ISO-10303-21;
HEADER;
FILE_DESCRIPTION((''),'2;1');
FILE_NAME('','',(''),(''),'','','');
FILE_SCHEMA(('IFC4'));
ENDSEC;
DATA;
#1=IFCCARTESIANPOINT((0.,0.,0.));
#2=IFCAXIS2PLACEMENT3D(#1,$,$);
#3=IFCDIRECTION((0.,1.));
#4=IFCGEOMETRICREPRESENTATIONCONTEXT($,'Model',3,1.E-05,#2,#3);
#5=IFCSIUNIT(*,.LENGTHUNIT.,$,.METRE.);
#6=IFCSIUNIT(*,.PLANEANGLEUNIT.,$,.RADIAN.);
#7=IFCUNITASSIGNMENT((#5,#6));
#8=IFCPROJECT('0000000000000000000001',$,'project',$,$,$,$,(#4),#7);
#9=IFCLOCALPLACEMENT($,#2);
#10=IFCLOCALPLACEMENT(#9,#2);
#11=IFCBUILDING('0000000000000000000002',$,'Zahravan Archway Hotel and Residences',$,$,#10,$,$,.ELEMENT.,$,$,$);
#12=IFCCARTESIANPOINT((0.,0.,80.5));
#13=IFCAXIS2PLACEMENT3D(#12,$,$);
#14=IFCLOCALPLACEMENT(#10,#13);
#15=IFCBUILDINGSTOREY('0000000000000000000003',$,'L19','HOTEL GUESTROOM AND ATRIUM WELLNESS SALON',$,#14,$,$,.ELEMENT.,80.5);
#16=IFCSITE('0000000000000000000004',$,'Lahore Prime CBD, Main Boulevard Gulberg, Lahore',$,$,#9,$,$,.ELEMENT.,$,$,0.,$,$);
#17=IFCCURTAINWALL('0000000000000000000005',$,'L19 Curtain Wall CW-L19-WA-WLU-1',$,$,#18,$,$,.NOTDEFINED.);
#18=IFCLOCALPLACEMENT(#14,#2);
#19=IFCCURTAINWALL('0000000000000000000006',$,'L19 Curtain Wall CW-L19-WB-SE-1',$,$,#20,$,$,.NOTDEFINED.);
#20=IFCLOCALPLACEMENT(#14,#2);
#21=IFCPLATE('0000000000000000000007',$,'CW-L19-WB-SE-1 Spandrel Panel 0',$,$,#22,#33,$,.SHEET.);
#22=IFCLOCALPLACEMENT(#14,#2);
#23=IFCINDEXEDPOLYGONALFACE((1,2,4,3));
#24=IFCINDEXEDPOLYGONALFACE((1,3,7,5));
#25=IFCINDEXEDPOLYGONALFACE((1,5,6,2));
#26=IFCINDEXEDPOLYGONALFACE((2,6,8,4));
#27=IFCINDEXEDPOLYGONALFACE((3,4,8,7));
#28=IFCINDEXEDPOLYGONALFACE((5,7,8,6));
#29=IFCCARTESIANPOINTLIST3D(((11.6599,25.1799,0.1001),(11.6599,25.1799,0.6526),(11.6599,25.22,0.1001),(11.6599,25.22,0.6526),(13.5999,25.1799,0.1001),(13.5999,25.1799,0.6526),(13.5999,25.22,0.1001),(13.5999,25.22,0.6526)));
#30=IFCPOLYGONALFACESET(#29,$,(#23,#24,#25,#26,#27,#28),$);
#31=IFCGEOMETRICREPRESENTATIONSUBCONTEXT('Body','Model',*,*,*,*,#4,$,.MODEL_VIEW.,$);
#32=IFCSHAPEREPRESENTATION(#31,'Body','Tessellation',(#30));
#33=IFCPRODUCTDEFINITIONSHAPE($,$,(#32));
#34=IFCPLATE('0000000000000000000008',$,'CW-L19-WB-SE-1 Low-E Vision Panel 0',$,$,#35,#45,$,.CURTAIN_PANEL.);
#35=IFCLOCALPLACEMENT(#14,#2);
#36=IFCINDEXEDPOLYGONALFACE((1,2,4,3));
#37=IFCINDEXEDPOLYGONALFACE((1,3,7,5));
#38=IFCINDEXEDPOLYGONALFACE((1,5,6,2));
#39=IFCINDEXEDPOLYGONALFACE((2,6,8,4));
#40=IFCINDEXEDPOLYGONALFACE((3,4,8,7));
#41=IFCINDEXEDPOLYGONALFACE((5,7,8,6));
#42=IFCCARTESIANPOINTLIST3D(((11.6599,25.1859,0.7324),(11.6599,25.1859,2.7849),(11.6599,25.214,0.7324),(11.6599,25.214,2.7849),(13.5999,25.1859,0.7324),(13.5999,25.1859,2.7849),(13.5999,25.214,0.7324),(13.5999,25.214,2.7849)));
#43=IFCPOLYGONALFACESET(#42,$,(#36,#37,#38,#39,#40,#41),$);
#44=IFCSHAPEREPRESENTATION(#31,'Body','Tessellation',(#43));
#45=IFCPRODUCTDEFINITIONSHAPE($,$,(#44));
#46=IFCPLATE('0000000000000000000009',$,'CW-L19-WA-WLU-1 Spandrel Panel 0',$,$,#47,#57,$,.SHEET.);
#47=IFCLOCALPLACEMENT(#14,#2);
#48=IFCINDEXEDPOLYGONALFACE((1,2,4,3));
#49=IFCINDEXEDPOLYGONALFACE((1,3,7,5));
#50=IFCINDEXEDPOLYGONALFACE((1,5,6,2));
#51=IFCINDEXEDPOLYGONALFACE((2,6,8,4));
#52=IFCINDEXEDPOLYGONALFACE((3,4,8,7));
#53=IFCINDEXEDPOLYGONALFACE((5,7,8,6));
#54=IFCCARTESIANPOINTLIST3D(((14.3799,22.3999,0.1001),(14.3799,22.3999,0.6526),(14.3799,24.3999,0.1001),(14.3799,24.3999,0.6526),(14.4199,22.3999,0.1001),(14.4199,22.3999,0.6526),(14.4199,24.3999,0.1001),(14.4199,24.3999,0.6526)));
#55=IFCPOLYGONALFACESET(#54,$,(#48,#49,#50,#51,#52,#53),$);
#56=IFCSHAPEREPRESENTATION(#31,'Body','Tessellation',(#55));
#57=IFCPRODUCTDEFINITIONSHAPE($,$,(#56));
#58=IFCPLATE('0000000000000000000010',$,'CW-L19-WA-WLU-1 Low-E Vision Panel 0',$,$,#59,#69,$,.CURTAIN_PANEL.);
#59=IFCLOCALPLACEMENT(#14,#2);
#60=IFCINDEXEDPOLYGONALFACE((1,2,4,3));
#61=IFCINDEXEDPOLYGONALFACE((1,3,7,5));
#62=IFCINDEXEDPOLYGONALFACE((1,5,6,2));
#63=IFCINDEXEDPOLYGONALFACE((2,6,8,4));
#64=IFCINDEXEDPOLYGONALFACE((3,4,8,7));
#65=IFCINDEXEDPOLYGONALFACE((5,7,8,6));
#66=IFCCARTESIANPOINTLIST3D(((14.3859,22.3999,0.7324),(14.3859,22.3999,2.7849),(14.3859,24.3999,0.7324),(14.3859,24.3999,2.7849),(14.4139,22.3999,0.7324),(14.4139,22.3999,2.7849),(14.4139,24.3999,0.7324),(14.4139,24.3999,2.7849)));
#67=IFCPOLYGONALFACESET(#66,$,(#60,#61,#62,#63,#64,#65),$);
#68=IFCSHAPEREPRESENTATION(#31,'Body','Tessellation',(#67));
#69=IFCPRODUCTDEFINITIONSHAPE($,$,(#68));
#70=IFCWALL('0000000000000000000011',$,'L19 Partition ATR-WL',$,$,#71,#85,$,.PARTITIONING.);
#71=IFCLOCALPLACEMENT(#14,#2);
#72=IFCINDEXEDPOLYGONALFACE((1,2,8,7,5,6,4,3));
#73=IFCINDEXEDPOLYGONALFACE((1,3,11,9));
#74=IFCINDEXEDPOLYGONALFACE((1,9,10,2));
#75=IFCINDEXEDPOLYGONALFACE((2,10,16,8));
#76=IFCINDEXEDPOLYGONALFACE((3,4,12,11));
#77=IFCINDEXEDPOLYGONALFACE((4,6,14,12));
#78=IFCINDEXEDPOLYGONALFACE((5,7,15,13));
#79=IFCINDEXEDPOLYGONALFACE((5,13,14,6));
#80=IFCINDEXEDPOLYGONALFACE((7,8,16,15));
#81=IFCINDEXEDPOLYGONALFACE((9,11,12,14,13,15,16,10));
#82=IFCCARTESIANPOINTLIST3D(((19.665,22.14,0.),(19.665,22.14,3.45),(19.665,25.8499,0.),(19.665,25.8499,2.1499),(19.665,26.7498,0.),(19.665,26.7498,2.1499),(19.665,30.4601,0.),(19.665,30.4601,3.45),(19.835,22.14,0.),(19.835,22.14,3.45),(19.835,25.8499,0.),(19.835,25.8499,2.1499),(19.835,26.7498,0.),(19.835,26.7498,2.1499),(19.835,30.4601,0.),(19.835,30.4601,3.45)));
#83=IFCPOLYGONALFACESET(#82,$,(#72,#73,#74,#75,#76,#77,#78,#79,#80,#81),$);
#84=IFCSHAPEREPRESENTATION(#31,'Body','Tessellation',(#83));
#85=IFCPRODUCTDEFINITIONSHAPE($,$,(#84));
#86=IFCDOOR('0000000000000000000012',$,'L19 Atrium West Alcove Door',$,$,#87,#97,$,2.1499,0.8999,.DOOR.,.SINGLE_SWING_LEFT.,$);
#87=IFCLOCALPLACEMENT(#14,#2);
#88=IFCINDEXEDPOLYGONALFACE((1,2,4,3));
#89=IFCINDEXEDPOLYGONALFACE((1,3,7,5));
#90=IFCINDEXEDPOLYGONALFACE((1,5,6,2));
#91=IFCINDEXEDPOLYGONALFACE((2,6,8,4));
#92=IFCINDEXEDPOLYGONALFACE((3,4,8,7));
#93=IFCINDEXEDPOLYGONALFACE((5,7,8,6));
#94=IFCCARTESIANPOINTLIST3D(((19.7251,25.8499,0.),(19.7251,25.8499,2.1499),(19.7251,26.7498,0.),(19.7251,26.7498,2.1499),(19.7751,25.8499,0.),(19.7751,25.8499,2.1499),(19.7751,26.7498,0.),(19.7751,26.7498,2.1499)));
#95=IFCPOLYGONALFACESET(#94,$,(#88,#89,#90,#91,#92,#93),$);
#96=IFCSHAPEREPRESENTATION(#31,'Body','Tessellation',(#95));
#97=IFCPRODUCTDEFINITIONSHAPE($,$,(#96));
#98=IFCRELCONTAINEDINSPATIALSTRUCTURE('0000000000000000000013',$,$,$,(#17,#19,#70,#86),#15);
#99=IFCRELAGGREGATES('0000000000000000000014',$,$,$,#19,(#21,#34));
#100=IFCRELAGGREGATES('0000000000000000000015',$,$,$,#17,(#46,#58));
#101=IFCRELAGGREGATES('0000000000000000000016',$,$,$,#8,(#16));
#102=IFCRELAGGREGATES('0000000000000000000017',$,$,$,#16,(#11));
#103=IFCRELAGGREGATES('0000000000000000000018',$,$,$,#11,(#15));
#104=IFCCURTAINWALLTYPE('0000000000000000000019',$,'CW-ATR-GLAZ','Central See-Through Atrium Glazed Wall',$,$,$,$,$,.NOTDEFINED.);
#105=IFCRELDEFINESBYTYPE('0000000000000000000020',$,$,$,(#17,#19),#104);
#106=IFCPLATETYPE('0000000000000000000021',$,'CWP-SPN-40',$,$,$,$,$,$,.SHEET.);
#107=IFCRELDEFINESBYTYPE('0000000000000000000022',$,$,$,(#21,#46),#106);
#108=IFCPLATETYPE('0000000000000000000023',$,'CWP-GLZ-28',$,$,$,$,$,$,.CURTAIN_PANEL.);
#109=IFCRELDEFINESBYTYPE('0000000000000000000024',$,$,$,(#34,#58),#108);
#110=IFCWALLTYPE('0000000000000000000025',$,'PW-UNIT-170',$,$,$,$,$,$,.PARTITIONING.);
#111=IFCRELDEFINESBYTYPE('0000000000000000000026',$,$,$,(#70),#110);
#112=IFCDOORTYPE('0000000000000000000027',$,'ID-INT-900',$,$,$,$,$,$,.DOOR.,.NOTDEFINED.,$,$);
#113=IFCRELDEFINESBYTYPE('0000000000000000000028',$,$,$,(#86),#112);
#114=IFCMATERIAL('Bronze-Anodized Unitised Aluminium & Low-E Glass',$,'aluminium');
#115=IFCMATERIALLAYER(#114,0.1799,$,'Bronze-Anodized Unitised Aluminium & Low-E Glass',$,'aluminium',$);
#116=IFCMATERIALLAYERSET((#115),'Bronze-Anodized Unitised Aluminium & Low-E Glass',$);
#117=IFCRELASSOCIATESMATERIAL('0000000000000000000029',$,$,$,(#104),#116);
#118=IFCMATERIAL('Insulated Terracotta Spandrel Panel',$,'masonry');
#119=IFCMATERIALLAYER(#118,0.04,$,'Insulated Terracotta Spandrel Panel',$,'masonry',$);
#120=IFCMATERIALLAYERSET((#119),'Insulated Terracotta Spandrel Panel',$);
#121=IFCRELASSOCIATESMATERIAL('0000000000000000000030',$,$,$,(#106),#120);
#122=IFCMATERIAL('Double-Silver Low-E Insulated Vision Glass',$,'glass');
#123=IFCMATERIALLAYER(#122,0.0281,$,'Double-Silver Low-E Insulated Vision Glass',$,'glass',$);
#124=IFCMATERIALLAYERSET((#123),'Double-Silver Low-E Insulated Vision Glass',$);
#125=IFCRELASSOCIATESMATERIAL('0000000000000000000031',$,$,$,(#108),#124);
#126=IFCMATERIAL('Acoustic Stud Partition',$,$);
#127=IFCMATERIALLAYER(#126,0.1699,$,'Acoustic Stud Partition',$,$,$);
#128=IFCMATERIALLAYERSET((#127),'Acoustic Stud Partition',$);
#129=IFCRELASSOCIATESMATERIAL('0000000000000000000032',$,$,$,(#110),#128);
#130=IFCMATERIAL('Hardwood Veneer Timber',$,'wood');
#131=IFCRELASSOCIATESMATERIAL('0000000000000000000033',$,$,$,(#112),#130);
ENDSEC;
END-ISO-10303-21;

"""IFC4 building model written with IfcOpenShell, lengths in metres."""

from ifc_helpers import new_model, si_unit, direction, frame, frame_2d, origin, origin_2d, place, context, subcontext, project, spatial, rectangle, extrude, source, transform, mapped, material, layer, layer_set, type_object, type_shapes, element, fill, aggregate, save


model = new_model("IFC4")

# Units and contexts
model_context = context("Model", 3, precision=1e-05, world=origin(), true_north=direction((0.0, 1.0)))
body_context = subcontext(model_context, "Body", "Model", "MODEL_VIEW")
ifc_project = project(units=[si_unit("LENGTHUNIT", "METRE"), si_unit("PLANEANGLEUNIT", "RADIAN")], contexts=[model_context])

# Site, building, storey
site_placement = place(None, origin())
site = spatial("IfcSite", under=ifc_project, at=site_placement, Name="Lahore Prime CBD, Main Boulevard Gulberg, Lahore", CompositionType="ELEMENT", RefElevation=0.0)
building_placement = place(site_placement, origin())
building = spatial("IfcBuilding", under=site, at=building_placement, Name="Zahravan Archway Hotel and Residences", CompositionType="ELEMENT")
storey_placement = place(building_placement, frame((0.0, 0.0, 80.5)))
storey = spatial("IfcBuildingStorey", under=building, at=storey_placement, Name="L19", Description="HOTEL GUESTROOM AND ATRIUM WELLNESS SALON", CompositionType="ELEMENT", Elevation=80.5)

# Curtain walls
ifc_material_1 = material(Name="Bronze-Anodized Unitised Aluminium & Low-E Glass", Category="aluminium")
ifc_layer_1 = layer(ifc_material_1, 0.1799, Name="Bronze-Anodized Unitised Aluminium & Low-E Glass", Category="aluminium")
ifc_layer_set_1 = layer_set([ifc_layer_1], Name="Bronze-Anodized Unitised Aluminium & Low-E Glass")
curtain_wall_type = type_object("IfcCurtainWallType", Name="CW-ATR-GLAZ", Description="Central See-Through Atrium Glazed Wall", PredefinedType="NOTDEFINED", material=ifc_layer_set_1)
curtain_wall_1_placement = place(storey_placement, origin())
curtain_wall_1 = element("IfcCurtainWall", 1, at=curtain_wall_1_placement, inside=storey, type_object=curtain_wall_type, Name="L19 Curtain Wall CW-L19-WA-WLU-1", PredefinedType="NOTDEFINED")
curtain_wall_2_placement = place(storey_placement, origin())
curtain_wall_2 = element("IfcCurtainWall", 2, at=curtain_wall_2_placement, inside=storey, type_object=curtain_wall_type, Name="L19 Curtain Wall CW-L19-WB-SE-1", PredefinedType="NOTDEFINED")

# Plates
ifc_material_2 = material(Name="Insulated Terracotta Spandrel Panel", Category="masonry")
ifc_layer_2 = layer(ifc_material_2, 0.04, Name="Insulated Terracotta Spandrel Panel", Category="masonry")
ifc_layer_set_2 = layer_set([ifc_layer_2], Name="Insulated Terracotta Spandrel Panel")
plate_type_1 = type_object("IfcPlateType", Name="CWP-SPN-40", PredefinedType="SHEET", material=ifc_layer_set_2)
shared_shape_1 = source(origin(), body_context, "Body", "SweptSolid", [
    extrude(rectangle(XDim=1.9399, YDim=0.04, at=origin_2d()), origin(), (0.0, 0.0, 1.0), 0.5525),
])
plate_1_placement = place(storey_placement, frame((12.6299, 25.2, 0.1001), z_axis=(0.0, 0.0, 1.0), x_axis=(1.0, 0.0, 0.0)))
plate_1 = element("IfcPlate", 3, at=plate_1_placement, type_object=plate_type_1, Name="CW-L19-WB-SE-1 Spandrel Panel 0", PredefinedType="SHEET", context=body_context, shape_type="MappedRepresentation", body=[
    mapped(shared_shape_1, transform((0.0, 0.0, 0.0), scale=1.0)),
])
ifc_material_3 = material(Name="Double-Silver Low-E Insulated Vision Glass", Category="glass")
ifc_layer_3 = layer(ifc_material_3, 0.0281, Name="Double-Silver Low-E Insulated Vision Glass", Category="glass")
ifc_layer_set_3 = layer_set([ifc_layer_3], Name="Double-Silver Low-E Insulated Vision Glass")
plate_type_2 = type_object("IfcPlateType", Name="CWP-GLZ-28", PredefinedType="CURTAIN_PANEL", material=ifc_layer_set_3)
shared_shape_2 = source(origin(), body_context, "Body", "SweptSolid", [
    extrude(rectangle(XDim=1.9399, YDim=0.0281, at=origin_2d()), origin(), (0.0, 0.0, 1.0), 2.0525),
])
plate_2_placement = place(storey_placement, frame((12.6299, 25.2, 0.7324), z_axis=(0.0, 0.0, 1.0), x_axis=(1.0, 0.0, 0.0)))
plate_2 = element("IfcPlate", 4, at=plate_2_placement, type_object=plate_type_2, Name="CW-L19-WB-SE-1 Low-E Vision Panel 0", PredefinedType="CURTAIN_PANEL", context=body_context, shape_type="MappedRepresentation", body=[
    mapped(shared_shape_2, transform((0.0, 0.0, 0.0), scale=1.0)),
])
aggregate(curtain_wall_2, [plate_1, plate_2])
shared_shape_3 = source(origin(), body_context, "Body", "SweptSolid", [
    extrude(rectangle(XDim=2.0, YDim=0.04, at=origin_2d()), origin(), (0.0, 0.0, 1.0), 0.5525),
])
plate_3_placement = place(storey_placement, frame((14.3999, 23.3999, 0.1001), z_axis=(0.0, 0.0, 1.0), x_axis=(0.0, 1.0, 0.0)))
plate_3 = element("IfcPlate", 5, at=plate_3_placement, type_object=plate_type_1, Name="CW-L19-WA-WLU-1 Spandrel Panel 0", PredefinedType="SHEET", context=body_context, shape_type="MappedRepresentation", body=[
    mapped(shared_shape_3, transform((0.0, 0.0, 0.0), scale=1.0)),
])
shared_shape_4 = source(origin(), body_context, "Body", "SweptSolid", [
    extrude(rectangle(XDim=2.0, YDim=0.0281, at=origin_2d()), origin(), (0.0, 0.0, 1.0), 2.0525),
])
plate_4_placement = place(storey_placement, frame((14.3999, 23.3999, 0.7324), z_axis=(0.0, 0.0, 1.0), x_axis=(0.0, 1.0, 0.0)))
plate_4 = element("IfcPlate", 6, at=plate_4_placement, type_object=plate_type_2, Name="CW-L19-WA-WLU-1 Low-E Vision Panel 0", PredefinedType="CURTAIN_PANEL", context=body_context, shape_type="MappedRepresentation", body=[
    mapped(shared_shape_4, transform((0.0, 0.0, 0.0), scale=1.0)),
])
aggregate(curtain_wall_1, [plate_3, plate_4])

# Wall, opening, door
ifc_material_4 = material(Name="Acoustic Stud Partition")
ifc_layer_4 = layer(ifc_material_4, 0.1699, Name="Acoustic Stud Partition")
ifc_layer_set_4 = layer_set([ifc_layer_4], Name="Acoustic Stud Partition")
wall_type = type_object("IfcWallType", Name="PW-UNIT-170", PredefinedType="PARTITIONING", material=ifc_layer_set_4)
wall_placement = place(storey_placement, frame((19.75, 22.1399, 0.0), z_axis=(0.0, 0.0, 1.0), x_axis=(0.0, 1.0, 0.0)))
wall = element("IfcWall", 7, at=wall_placement, inside=storey, type_object=wall_type, Name="L19 Partition ATR-WL", PredefinedType="PARTITIONING", context=body_context, shape_type="SweptSolid", body=[
    extrude(rectangle(XDim=8.3201, YDim=0.1699, at=frame_2d((4.1602, 0.0))), origin(), (0.0, 0.0, 1.0), 3.45),
])
opening_placement = place(wall_placement, frame((3.71, 0.0, 0.0)))
opening = element("IfcOpeningElement", 8, at=opening_placement, cuts=wall, PredefinedType="OPENING", context=body_context, shape_type="SweptSolid", body=[
    extrude(rectangle(XDim=0.8999, YDim=2.1499, at=frame_2d((0.45, 1.075))), frame((0.0, 0.095, 0.0), z_axis=(0.0, -1.0, 0.0), x_axis=(1.0, 0.0, 0.0)), (0.0, 0.0, 1.0), 0.1899),
])
ifc_material_5 = material(Name="Hardwood Veneer Timber", Category="wood")
door_type = type_object("IfcDoorType", Name="ID-INT-900", OperationType="NOTDEFINED", PredefinedType="DOOR", material=ifc_material_5)
shared_shape_5 = source(origin(), body_context, "Body", "SweptSolid", [
    extrude(rectangle(XDim=0.8999, YDim=2.1499, at=frame_2d((0.45, 1.075))), frame((0.0, 0.0249, 0.0), z_axis=(0.0, -1.0, 0.0), x_axis=(1.0, 0.0, 0.0)), (0.0, 0.0, 1.0), 0.05),
])
type_shapes(door_type, [shared_shape_5])
door_placement = place(opening_placement, origin())
door = element("IfcDoor", 9, at=door_placement, inside=storey, type_object=door_type, Name="L19 Atrium West Alcove Door", OperationType="SINGLE_SWING_LEFT", OverallHeight=2.1499, OverallWidth=0.8999, PredefinedType="DOOR", context=body_context, shape_type="MappedRepresentation", body=[
    mapped(shared_shape_5, transform((0.0, 0.0, 0.0), scale=1.0)),
])
fill(opening, door)

save(model, "model.ifc")
